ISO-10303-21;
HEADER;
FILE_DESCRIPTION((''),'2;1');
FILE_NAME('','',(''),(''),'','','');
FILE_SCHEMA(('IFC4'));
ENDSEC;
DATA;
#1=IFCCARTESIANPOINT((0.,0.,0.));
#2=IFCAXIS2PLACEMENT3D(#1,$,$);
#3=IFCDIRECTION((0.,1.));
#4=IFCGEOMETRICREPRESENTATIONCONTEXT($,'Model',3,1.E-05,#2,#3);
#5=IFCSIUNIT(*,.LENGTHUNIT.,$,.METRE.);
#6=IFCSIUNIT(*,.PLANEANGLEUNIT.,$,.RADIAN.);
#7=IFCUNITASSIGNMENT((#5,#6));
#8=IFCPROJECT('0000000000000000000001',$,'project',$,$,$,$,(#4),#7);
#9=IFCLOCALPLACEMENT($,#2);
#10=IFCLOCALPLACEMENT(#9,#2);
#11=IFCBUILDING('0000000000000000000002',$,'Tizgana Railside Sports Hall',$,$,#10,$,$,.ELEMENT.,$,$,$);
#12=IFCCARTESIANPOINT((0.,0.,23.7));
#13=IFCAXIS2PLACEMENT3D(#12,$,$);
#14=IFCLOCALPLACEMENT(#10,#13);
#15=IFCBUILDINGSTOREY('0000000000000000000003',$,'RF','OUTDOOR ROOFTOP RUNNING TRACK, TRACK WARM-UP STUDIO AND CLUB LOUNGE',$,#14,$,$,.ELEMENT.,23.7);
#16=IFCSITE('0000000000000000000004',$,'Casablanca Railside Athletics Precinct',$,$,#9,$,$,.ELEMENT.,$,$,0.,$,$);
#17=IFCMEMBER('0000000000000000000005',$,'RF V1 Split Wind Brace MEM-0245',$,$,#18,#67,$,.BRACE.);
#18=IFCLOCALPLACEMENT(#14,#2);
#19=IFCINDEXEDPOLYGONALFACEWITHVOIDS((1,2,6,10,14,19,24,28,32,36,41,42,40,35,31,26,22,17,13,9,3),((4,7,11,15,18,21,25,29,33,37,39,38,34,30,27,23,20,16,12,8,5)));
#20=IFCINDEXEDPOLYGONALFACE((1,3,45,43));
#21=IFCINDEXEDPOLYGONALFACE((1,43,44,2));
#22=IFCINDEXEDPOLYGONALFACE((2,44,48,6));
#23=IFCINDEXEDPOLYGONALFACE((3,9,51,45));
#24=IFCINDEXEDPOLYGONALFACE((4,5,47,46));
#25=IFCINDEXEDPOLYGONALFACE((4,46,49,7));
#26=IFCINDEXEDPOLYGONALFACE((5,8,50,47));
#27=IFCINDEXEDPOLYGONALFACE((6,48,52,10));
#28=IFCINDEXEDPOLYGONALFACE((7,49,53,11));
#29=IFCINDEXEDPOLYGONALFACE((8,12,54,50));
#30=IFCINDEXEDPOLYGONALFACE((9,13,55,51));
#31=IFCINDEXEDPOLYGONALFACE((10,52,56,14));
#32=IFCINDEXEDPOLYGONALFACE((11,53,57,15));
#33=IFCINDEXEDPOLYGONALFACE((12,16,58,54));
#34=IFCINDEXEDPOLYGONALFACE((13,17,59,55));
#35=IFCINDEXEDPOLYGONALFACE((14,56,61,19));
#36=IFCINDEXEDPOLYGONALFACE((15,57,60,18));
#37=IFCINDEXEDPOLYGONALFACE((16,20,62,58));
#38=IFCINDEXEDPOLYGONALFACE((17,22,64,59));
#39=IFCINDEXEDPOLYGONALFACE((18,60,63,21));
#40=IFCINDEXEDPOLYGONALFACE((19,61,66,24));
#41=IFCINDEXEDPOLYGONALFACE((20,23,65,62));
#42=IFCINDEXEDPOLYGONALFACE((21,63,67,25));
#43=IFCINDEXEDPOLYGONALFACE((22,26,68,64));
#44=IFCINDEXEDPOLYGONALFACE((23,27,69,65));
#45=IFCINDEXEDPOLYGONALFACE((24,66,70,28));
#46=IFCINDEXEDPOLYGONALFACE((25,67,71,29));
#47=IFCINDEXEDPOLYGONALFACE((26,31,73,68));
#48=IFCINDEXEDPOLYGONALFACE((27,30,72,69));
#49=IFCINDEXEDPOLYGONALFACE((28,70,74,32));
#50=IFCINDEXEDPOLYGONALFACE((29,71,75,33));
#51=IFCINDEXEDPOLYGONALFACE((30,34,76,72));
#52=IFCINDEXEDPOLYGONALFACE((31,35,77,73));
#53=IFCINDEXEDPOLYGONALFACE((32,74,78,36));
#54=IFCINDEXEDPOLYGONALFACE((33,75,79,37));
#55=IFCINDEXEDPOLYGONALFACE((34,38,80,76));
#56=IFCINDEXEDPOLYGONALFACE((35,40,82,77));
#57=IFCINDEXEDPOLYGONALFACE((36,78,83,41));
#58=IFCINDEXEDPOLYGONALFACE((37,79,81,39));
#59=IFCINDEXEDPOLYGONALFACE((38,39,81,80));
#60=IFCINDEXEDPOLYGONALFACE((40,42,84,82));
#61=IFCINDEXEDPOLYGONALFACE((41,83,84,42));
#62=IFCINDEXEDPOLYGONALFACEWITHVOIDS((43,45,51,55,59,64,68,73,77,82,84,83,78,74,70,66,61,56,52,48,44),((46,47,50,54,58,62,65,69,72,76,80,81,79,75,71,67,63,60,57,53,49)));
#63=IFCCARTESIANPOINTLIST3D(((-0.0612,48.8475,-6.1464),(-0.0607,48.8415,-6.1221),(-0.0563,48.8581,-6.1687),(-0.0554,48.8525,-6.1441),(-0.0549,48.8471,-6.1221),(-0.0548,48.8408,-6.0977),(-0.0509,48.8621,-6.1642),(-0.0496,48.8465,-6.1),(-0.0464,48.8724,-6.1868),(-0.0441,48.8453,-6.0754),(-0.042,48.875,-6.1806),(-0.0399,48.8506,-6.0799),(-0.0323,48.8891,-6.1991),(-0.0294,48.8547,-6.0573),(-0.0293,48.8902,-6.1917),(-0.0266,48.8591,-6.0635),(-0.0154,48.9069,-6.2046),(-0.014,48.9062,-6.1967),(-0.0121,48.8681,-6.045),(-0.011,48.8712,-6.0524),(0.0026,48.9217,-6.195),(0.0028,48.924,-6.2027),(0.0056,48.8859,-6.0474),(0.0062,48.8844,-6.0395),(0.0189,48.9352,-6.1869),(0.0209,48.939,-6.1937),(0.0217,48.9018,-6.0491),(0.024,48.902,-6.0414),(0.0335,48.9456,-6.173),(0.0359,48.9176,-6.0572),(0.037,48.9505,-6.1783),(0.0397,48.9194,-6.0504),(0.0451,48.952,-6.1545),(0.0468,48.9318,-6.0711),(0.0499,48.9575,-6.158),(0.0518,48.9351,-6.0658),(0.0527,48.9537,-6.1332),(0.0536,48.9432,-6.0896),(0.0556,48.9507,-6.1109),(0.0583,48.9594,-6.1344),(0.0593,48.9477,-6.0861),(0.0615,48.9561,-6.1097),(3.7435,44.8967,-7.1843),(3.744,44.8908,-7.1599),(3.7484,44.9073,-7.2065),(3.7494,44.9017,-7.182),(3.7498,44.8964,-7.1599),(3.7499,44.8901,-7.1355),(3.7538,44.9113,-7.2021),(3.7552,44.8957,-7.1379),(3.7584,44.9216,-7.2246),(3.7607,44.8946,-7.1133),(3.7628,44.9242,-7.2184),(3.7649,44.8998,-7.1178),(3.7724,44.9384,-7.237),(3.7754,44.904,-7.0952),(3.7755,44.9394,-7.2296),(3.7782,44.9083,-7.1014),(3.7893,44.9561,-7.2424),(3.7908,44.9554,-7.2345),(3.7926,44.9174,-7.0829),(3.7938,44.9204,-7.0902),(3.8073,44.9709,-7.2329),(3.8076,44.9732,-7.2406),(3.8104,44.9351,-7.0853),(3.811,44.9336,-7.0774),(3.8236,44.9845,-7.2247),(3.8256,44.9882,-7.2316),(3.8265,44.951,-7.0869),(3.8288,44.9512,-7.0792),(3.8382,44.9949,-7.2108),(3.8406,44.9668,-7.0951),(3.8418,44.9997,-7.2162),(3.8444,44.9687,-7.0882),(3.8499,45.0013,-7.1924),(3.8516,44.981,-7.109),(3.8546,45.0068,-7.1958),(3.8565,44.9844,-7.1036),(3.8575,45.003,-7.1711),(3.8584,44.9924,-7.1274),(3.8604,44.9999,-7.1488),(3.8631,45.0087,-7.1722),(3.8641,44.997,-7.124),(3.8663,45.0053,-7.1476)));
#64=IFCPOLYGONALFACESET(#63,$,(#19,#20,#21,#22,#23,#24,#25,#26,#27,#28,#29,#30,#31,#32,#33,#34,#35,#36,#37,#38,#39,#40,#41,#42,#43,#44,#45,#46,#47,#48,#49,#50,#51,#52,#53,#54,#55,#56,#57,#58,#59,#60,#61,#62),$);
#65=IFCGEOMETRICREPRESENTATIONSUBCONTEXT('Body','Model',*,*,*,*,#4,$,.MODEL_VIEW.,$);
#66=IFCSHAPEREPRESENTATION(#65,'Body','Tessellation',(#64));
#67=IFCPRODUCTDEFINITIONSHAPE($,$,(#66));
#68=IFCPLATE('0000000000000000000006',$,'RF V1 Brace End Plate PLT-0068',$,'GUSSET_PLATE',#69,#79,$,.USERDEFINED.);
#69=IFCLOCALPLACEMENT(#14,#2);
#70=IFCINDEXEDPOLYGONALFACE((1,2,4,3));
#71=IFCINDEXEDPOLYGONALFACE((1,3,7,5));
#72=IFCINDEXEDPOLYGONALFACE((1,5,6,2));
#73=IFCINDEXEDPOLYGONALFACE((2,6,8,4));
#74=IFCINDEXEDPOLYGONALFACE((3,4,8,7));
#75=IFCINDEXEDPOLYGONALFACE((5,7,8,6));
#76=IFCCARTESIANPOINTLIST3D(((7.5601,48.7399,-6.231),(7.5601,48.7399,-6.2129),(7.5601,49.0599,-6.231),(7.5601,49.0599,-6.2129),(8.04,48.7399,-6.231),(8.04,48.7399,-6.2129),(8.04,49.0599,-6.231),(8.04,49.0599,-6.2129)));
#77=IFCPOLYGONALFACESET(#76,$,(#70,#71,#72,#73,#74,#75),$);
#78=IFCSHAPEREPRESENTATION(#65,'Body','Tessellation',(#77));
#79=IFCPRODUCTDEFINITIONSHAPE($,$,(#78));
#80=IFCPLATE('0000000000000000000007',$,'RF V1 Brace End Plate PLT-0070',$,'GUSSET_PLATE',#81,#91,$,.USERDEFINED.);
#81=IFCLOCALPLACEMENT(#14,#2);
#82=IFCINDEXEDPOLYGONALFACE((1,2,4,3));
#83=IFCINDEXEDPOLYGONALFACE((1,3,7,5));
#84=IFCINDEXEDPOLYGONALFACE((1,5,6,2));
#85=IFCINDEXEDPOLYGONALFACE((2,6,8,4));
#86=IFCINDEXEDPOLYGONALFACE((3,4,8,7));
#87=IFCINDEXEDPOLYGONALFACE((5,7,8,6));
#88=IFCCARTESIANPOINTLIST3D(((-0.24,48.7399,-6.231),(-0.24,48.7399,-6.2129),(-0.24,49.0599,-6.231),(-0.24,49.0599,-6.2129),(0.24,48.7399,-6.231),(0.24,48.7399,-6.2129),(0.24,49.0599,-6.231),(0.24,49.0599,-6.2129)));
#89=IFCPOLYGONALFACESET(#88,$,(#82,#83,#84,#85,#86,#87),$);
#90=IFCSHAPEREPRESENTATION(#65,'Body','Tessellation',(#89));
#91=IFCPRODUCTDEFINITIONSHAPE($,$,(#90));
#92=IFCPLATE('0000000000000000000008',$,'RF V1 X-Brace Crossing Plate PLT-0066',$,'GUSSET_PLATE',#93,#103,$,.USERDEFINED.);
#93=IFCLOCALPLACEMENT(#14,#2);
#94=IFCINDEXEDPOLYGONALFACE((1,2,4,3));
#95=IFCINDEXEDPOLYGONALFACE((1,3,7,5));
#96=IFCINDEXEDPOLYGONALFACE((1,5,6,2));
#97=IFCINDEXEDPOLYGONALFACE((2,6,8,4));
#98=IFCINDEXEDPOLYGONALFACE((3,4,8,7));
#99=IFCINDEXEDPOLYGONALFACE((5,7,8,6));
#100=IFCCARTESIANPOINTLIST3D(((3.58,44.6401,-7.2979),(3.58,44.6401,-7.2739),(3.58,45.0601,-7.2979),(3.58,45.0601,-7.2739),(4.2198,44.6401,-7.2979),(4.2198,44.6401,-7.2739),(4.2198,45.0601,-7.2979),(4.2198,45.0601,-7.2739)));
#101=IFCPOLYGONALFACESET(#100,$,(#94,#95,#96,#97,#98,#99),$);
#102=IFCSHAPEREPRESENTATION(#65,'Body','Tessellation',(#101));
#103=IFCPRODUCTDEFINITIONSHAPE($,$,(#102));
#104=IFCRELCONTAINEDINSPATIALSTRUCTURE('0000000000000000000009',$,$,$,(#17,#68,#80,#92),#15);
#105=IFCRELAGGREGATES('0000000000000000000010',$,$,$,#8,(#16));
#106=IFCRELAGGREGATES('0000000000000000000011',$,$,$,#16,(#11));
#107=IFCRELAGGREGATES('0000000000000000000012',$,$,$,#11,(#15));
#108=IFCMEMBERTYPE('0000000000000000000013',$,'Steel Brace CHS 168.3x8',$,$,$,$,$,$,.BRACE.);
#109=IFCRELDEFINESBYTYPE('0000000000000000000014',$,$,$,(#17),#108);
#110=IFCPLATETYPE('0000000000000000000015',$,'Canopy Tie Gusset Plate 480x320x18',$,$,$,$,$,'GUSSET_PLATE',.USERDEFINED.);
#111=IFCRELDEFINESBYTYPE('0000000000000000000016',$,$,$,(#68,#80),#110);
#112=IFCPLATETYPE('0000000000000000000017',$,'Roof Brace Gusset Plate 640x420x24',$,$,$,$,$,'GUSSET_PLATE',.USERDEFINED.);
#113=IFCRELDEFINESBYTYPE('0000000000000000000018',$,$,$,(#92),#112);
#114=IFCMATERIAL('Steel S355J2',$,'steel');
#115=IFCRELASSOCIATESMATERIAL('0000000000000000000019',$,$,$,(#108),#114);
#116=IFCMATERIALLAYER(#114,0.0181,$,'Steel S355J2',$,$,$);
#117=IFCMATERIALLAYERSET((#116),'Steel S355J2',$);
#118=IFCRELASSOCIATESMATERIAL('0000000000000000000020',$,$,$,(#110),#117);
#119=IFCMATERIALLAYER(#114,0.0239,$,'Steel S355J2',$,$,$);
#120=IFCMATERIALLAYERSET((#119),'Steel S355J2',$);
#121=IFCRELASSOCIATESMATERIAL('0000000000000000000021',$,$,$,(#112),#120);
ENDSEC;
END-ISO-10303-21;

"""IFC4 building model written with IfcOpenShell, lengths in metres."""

from ifc_helpers import new_model, si_unit, direction, frame, origin, origin_2d, place, context, subcontext, project, spatial, rectangle, hollow_circle, extrude, material, layer, layer_set, material_profile, profile_set, type_object, element, save


model = new_model("IFC4")

# Units and contexts
model_context = context("Model", 3, precision=1e-05, world=origin(), true_north=direction((0.0, 1.0)))
body_context = subcontext(model_context, "Body", "Model", "MODEL_VIEW")
ifc_project = project(units=[si_unit("LENGTHUNIT", "METRE"), si_unit("PLANEANGLEUNIT", "RADIAN")], contexts=[model_context])

# Site, building, storey
site_placement = place(None, origin())
site = spatial("IfcSite", under=ifc_project, at=site_placement, Name="Casablanca Railside Athletics Precinct", CompositionType="ELEMENT", RefElevation=0.0)
building_placement = place(site_placement, origin())
building = spatial("IfcBuilding", under=site, at=building_placement, Name="Tizgana Railside Sports Hall", CompositionType="ELEMENT")
storey_placement = place(building_placement, frame((0.0, 0.0, 23.7)))
storey = spatial("IfcBuildingStorey", under=building, at=storey_placement, Name="RF", Description="OUTDOOR ROOFTOP RUNNING TRACK, TRACK WARM-UP STUDIO AND CLUB LOUNGE", CompositionType="ELEMENT", Elevation=23.7)

# Member
ifc_material_1 = material(Name="Steel S355J2", Category="steel")
ifc_material_profile_1 = material_profile(ifc_material_1, hollow_circle(Radius=0.0842, WallThickness=0.0081, at=origin_2d()), Name="CHS 168.3x8")
ifc_profile_set_1 = profile_set([ifc_material_profile_1], Name="Steel S355J2")
member_type_1 = type_object("IfcMemberType", Name="Steel Brace CHS 168.3x8", PredefinedType="BRACE", material=ifc_profile_set_1)
member_1_placement = place(storey_placement, frame((3.8047, 44.9492, -7.1599), z_axis=(-0.681578, 0.707732, 0.185921), x_axis=(-0.720291, -0.693672, 0.0)))
element("IfcMember", 1, at=member_1_placement, inside=storey, type_object=member_type_1, Name="RF V1 Split Wind Brace MEM-0245", PredefinedType="BRACE", context=body_context, shape_type="SweptSolid", body=[
    extrude(hollow_circle(Radius=0.0842, WallThickness=0.0081, at=origin_2d()), origin(), (0.0, 0.0, 1.0), 5.5823),
])

# Plates
ifc_layer_1 = layer(ifc_material_1, 0.0181, Name="Steel S355J2")
ifc_layer_set_1 = layer_set([ifc_layer_1], Name="Steel S355J2")
plate_type_1 = type_object("IfcPlateType", Name="Canopy Tie Gusset Plate 480x320x18", ElementType="GUSSET_PLATE", PredefinedType="USERDEFINED", material=ifc_layer_set_1)
for number, where, z_axis, x_axis, name in (
    (2, (7.8, 48.8999, -6.231), (0.0, 0.0, 1.0), (1.0, 0.0, 0.0), "RF V1 Brace End Plate PLT-0068"),
    (3, (0.0, 48.8999, -6.231), (0.0, 0.0, 1.0), (1.0, 0.0, 0.0), "RF V1 Brace End Plate PLT-0070"),
):
    element("IfcPlate", number, at=place(storey_placement, frame(where, z_axis=z_axis, x_axis=x_axis)), inside=storey, type_object=plate_type_1, Name=name, ObjectType="GUSSET_PLATE", PredefinedType="USERDEFINED", context=body_context, shape_type="SweptSolid", body=[
        extrude(rectangle(XDim=0.48, YDim=0.3201, at=origin_2d()), origin(), (0.0, 0.0, 1.0), 0.0181),
    ])
ifc_layer_2 = layer(ifc_material_1, 0.0239, Name="Steel S355J2")
ifc_layer_set_2 = layer_set([ifc_layer_2], Name="Steel S355J2")
plate_type_2 = type_object("IfcPlateType", Name="Roof Brace Gusset Plate 640x420x24", ElementType="GUSSET_PLATE", PredefinedType="USERDEFINED", material=ifc_layer_set_2)
plate_placement = place(storey_placement, frame((3.8999, 44.8501, -7.2979), z_axis=(0.0, 0.0, 1.0), x_axis=(1.0, 0.0, 0.0)))
element("IfcPlate", 4, at=plate_placement, inside=storey, type_object=plate_type_2, Name="RF V1 X-Brace Crossing Plate PLT-0066", ObjectType="GUSSET_PLATE", PredefinedType="USERDEFINED", context=body_context, shape_type="SweptSolid", body=[
    extrude(rectangle(XDim=0.6399, YDim=0.4199, at=origin_2d()), origin(), (0.0, 0.0, 1.0), 0.0239),
])

save(model, "model.ifc")
